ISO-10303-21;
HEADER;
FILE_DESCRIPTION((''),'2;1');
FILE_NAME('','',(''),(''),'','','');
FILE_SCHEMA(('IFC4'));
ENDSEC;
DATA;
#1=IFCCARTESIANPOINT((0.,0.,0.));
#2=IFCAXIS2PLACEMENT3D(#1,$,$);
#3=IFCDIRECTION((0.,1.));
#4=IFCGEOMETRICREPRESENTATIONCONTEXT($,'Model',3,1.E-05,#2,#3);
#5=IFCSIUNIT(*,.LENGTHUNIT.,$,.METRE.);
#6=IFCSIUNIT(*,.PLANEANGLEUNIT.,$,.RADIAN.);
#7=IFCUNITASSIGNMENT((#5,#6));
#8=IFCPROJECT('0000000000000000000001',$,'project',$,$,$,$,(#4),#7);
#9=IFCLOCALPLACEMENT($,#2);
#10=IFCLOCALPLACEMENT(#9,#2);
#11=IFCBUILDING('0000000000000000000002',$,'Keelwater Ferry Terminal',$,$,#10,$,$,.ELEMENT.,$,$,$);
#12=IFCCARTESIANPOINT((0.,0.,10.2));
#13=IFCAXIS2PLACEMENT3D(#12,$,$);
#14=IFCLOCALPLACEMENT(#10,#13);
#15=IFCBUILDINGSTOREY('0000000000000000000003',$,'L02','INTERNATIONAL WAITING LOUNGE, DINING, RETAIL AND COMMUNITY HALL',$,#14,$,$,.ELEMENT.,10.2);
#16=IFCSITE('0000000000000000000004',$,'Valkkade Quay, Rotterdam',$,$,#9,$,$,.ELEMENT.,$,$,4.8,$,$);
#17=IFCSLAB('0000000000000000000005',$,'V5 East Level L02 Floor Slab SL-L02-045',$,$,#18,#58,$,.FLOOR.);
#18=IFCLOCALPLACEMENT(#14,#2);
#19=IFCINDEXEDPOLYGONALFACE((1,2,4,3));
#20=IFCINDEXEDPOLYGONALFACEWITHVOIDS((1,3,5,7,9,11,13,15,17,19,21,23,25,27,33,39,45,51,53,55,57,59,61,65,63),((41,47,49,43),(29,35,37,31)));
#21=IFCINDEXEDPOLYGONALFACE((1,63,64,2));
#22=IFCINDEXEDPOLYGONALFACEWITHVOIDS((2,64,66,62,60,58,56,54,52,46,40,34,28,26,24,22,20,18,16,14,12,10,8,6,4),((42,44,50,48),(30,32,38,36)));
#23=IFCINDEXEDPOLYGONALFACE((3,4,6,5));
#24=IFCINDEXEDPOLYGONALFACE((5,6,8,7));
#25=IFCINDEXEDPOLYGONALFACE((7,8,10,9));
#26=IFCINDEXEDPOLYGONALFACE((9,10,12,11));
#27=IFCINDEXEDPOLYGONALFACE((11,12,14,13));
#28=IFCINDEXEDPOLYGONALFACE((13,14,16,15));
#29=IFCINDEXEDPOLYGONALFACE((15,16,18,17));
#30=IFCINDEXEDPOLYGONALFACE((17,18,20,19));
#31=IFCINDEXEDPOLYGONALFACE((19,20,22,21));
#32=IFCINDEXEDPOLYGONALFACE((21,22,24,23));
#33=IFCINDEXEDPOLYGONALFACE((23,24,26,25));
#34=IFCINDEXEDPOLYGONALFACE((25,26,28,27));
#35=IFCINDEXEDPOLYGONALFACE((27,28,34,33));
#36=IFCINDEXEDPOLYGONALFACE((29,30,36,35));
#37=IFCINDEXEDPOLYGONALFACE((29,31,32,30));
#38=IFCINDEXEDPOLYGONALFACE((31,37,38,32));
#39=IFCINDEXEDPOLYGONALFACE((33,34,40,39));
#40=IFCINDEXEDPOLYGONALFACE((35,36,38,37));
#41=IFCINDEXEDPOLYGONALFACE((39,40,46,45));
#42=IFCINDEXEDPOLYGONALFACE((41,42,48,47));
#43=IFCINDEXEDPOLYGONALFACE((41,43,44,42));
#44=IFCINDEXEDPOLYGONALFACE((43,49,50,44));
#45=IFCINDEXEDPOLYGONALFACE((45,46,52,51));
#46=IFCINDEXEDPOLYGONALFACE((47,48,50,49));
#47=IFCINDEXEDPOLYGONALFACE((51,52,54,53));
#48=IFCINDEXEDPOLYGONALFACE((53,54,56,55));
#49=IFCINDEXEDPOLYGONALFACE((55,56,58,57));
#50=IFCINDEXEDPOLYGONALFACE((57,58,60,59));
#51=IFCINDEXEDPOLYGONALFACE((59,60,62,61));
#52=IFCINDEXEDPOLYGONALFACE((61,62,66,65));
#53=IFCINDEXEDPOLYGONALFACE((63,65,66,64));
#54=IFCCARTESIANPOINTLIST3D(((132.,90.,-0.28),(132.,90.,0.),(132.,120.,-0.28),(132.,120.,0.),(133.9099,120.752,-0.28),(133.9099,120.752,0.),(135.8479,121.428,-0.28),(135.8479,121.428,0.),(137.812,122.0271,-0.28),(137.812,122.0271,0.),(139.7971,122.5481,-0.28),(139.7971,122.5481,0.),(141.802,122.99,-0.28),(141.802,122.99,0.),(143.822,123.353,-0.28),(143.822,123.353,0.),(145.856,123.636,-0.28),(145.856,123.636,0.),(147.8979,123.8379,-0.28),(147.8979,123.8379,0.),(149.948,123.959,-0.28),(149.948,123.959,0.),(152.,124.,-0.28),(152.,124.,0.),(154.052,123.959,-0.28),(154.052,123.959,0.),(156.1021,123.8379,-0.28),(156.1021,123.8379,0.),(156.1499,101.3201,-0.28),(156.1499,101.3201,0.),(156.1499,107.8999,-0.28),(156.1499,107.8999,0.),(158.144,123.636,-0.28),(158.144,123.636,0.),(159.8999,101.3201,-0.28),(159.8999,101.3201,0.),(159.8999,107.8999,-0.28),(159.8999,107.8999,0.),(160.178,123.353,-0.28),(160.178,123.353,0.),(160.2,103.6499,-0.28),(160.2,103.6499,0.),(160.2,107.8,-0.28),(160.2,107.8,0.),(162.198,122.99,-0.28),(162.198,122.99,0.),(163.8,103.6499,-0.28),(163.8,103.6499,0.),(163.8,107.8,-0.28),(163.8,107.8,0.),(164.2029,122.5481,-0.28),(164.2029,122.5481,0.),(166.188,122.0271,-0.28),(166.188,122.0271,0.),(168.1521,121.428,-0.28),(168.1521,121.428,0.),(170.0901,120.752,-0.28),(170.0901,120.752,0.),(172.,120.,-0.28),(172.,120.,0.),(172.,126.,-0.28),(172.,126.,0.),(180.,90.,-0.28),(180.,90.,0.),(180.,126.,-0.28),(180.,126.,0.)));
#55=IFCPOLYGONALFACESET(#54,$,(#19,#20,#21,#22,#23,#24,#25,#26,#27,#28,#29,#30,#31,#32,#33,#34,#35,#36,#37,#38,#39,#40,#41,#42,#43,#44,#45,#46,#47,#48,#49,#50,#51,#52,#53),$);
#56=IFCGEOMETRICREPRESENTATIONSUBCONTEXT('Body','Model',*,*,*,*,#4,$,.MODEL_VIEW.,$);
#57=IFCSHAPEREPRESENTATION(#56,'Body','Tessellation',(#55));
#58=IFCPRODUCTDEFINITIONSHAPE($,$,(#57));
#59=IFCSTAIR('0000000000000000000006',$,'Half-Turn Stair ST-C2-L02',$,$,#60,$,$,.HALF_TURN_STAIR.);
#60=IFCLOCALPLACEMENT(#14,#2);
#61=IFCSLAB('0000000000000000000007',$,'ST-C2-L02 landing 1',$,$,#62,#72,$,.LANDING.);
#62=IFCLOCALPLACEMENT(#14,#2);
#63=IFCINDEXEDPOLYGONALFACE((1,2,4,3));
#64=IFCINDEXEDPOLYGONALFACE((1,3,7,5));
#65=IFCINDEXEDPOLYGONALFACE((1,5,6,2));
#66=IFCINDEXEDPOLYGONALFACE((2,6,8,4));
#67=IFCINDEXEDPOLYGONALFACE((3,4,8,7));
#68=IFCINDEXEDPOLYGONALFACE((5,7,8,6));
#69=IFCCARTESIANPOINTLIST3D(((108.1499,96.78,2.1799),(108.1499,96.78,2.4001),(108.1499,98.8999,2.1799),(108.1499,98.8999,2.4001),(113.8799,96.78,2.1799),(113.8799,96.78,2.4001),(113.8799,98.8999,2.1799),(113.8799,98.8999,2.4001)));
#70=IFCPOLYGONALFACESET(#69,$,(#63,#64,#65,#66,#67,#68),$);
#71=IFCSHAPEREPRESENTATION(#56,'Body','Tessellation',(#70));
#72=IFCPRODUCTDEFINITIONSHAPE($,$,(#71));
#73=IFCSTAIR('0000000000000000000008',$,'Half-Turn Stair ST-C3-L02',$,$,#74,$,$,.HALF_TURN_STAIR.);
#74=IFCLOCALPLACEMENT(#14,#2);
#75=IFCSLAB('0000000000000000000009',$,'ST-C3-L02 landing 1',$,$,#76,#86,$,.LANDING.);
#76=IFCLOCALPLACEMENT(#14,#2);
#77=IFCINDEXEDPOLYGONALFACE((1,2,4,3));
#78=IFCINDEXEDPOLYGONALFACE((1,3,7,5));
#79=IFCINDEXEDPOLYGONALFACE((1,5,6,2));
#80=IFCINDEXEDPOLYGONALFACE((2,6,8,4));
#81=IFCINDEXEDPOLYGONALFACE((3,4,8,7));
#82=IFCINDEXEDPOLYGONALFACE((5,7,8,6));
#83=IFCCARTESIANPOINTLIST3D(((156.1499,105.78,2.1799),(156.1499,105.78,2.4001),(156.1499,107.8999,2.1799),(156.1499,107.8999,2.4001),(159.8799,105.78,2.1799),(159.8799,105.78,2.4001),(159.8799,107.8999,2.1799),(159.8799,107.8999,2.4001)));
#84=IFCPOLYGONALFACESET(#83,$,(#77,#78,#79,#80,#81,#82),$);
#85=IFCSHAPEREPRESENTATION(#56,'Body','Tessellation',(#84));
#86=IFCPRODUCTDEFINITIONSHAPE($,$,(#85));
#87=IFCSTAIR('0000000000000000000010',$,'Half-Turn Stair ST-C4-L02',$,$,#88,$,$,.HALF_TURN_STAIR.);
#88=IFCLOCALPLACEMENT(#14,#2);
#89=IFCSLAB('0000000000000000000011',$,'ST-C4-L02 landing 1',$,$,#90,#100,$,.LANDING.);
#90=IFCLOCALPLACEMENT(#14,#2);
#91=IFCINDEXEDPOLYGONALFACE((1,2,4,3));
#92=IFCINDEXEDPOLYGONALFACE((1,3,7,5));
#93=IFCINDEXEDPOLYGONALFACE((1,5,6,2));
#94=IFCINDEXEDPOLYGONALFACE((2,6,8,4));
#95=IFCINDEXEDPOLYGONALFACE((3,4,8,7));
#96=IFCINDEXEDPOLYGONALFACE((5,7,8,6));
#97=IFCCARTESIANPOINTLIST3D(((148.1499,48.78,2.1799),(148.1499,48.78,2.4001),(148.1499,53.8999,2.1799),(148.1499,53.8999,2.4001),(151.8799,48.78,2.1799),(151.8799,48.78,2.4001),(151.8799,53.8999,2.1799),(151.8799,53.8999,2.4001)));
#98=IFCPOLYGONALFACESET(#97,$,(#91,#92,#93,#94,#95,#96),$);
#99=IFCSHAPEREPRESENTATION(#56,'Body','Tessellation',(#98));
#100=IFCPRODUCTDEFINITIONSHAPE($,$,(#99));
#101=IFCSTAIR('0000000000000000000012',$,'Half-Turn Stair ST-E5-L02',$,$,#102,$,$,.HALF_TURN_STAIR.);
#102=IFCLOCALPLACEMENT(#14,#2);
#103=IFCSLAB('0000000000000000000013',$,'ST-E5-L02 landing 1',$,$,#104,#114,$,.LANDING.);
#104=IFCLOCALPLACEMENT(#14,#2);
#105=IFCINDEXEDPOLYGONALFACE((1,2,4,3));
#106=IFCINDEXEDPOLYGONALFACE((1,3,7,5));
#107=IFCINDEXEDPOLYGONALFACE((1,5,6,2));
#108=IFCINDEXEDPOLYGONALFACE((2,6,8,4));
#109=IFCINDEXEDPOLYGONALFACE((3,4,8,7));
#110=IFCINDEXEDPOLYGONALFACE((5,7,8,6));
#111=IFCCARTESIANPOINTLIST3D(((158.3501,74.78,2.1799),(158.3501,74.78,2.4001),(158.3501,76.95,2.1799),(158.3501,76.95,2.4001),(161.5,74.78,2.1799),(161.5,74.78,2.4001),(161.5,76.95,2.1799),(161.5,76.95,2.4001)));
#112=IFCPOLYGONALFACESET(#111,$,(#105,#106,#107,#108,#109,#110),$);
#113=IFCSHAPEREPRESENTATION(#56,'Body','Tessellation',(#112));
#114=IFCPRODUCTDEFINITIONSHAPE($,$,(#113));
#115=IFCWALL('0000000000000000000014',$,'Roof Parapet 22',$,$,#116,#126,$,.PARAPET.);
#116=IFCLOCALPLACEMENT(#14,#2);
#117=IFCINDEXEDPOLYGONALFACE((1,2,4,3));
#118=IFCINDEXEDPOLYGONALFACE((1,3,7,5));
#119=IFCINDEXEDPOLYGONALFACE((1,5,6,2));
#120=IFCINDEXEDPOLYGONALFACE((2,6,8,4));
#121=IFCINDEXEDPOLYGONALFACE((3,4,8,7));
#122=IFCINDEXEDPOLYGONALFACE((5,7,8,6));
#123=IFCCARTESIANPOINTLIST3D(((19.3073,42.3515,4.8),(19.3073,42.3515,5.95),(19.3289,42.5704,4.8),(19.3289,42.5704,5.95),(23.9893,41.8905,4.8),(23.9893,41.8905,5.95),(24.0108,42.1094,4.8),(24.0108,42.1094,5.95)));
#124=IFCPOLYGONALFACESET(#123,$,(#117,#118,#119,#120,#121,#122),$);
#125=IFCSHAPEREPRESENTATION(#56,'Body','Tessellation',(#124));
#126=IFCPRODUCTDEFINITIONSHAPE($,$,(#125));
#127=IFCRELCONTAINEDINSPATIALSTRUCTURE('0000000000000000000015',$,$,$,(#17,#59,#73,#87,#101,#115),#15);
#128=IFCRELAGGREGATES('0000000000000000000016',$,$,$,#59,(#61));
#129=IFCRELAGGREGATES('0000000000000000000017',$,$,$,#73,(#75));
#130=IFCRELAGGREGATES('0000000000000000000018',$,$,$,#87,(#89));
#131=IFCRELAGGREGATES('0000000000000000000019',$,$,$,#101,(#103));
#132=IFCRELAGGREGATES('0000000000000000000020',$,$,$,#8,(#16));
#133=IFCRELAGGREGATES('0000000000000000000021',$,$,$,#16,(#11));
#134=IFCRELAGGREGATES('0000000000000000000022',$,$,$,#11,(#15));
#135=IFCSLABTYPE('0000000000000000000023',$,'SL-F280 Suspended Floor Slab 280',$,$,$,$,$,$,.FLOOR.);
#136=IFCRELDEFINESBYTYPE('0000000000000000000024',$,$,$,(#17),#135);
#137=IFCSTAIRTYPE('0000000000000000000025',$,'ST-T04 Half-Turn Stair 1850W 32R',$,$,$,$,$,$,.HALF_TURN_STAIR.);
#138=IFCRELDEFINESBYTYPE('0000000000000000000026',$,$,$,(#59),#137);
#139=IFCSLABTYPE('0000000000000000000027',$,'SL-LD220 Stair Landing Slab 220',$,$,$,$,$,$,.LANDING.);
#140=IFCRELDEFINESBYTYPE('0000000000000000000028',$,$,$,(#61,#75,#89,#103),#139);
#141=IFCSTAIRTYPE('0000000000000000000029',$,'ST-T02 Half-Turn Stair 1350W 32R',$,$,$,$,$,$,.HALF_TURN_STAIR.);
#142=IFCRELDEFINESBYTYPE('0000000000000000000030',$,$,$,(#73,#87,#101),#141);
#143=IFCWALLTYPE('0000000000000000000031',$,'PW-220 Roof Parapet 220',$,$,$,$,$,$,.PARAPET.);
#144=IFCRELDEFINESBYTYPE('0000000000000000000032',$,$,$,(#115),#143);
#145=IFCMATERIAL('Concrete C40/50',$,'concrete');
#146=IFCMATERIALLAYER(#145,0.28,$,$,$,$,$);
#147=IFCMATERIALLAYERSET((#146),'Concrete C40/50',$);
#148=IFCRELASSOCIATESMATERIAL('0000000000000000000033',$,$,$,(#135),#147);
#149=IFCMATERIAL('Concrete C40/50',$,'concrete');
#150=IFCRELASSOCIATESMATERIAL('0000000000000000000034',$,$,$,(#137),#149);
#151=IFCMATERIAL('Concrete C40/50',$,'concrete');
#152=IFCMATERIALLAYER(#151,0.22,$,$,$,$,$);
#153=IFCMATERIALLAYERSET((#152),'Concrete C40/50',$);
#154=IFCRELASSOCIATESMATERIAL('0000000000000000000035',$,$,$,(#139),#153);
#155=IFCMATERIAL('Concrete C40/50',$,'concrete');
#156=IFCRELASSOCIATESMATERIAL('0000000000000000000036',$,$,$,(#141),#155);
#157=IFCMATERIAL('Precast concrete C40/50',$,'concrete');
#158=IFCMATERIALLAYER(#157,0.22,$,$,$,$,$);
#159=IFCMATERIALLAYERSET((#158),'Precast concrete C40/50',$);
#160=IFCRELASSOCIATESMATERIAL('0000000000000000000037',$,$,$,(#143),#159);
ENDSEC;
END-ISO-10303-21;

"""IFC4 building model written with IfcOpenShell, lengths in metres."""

from ifc_helpers import new_model, si_unit, direction, frame, frame_2d, origin, place, context, subcontext, project, spatial, polyline, rectangle, outline, extrude, material, layer, layer_set, type_object, element, aggregate, save


model = new_model("IFC4")

# Units and contexts
model_context = context("Model", 3, precision=1e-05, world=origin(), true_north=direction((0.0, 1.0)))
body_context = subcontext(model_context, "Body", "Model", "MODEL_VIEW")
ifc_project = project(units=[si_unit("LENGTHUNIT", "METRE"), si_unit("PLANEANGLEUNIT", "RADIAN")], contexts=[model_context])

# Site, building, storey
site_placement = place(None, origin())
site = spatial("IfcSite", under=ifc_project, at=site_placement, Name="Valkkade Quay, Rotterdam", CompositionType="ELEMENT", RefElevation=4.8)
building_placement = place(site_placement, origin())
building = spatial("IfcBuilding", under=site, at=building_placement, Name="Keelwater Ferry Terminal", CompositionType="ELEMENT")
storey_placement = place(building_placement, frame((0.0, 0.0, 10.2)))
storey = spatial("IfcBuildingStorey", under=building, at=storey_placement, Name="L02", Description="INTERNATIONAL WAITING LOUNGE, DINING, RETAIL AND COMMUNITY HALL", CompositionType="ELEMENT", Elevation=10.2)

# Slab
ifc_material_1 = material(Name="Concrete C40/50", Category="concrete")
ifc_layer_1 = layer(ifc_material_1, 0.28)
ifc_layer_set_1 = layer_set([ifc_layer_1], Name="Concrete C40/50")
slab_type_1 = type_object("IfcSlabType", Name="SL-F280 Suspended Floor Slab 280", PredefinedType="FLOOR", material=ifc_layer_set_1)
slab_1_placement = place(storey_placement, frame((0.0, 0.0, -0.28)))
element("IfcSlab", 1, at=slab_1_placement, inside=storey, type_object=slab_type_1, Name="V5 East Level L02 Floor Slab SL-L02-045", PredefinedType="FLOOR", context=body_context, shape_type="SweptSolid", body=[
    extrude(outline(polyline([(132.0, 90.0), (180.0, 90.0), (180.0, 126.0), (172.0, 126.0), (172.0, 120.0), (170.0901, 120.752), (168.1521, 121.428), (166.188, 122.0271), (164.2029, 122.5481), (162.198, 122.99), (160.178, 123.353), (158.144, 123.636), (156.1021, 123.8379), (154.052, 123.959), (152.0, 124.0), (149.948, 123.959), (147.8979, 123.8379), (145.856, 123.636), (143.822, 123.353), (141.802, 122.99), (139.7971, 122.5481), (137.812, 122.0271), (135.8479, 121.428), (133.9099, 120.752), (132.0, 120.0), (132.0, 90.0)]), holes=[polyline([(156.1499, 101.3201), (159.8999, 101.3201), (159.8999, 107.8999), (156.1499, 107.8999), (156.1499, 101.3201)]), polyline([(160.2, 103.6499), (163.8, 103.6499), (163.8, 107.8), (160.2, 107.8), (160.2, 103.6499)])]), origin(), (0.0, 0.0, 1.0), 0.28),
])

# Stairs, slabs
ifc_material_2 = material(Name="Concrete C40/50", Category="concrete")
stair_type_1 = type_object("IfcStairType", Name="ST-T04 Half-Turn Stair 1850W 32R", PredefinedType="HALF_TURN_STAIR", material=ifc_material_2)
stair_1_placement = place(storey_placement, origin())
stair_1 = element("IfcStair", 2, at=stair_1_placement, inside=storey, type_object=stair_type_1, Name="Half-Turn Stair ST-C2-L02", PredefinedType="HALF_TURN_STAIR")
ifc_material_3 = material(Name="Concrete C40/50", Category="concrete")
ifc_layer_2 = layer(ifc_material_3, 0.22)
ifc_layer_set_2 = layer_set([ifc_layer_2], Name="Concrete C40/50")
slab_type_2 = type_object("IfcSlabType", Name="SL-LD220 Stair Landing Slab 220", PredefinedType="LANDING", material=ifc_layer_set_2)
slab_2_placement = place(storey_placement, frame((0.0, 0.0, 2.1799)))
slab_2 = element("IfcSlab", 3, at=slab_2_placement, type_object=slab_type_2, Name="ST-C2-L02 landing 1", PredefinedType="LANDING", context=body_context, shape_type="SweptSolid", body=[
    extrude(outline(polyline([(108.1499, 96.78), (113.8799, 96.78), (113.8799, 98.8999), (108.1499, 98.8999), (108.1499, 96.78)])), origin(), (0.0, 0.0, 1.0), 0.2202),
])
aggregate(stair_1, [slab_2])
ifc_material_4 = material(Name="Concrete C40/50", Category="concrete")
stair_type_2 = type_object("IfcStairType", Name="ST-T02 Half-Turn Stair 1350W 32R", PredefinedType="HALF_TURN_STAIR", material=ifc_material_4)
stair_2_placement = place(storey_placement, origin())
stair_2 = element("IfcStair", 4, at=stair_2_placement, inside=storey, type_object=stair_type_2, Name="Half-Turn Stair ST-C3-L02", PredefinedType="HALF_TURN_STAIR")
slab_3_placement = place(storey_placement, frame((0.0, 0.0, 2.1799)))
slab_3 = element("IfcSlab", 5, at=slab_3_placement, type_object=slab_type_2, Name="ST-C3-L02 landing 1", PredefinedType="LANDING", context=body_context, shape_type="SweptSolid", body=[
    extrude(outline(polyline([(156.1499, 105.78), (159.8799, 105.78), (159.8799, 107.8999), (156.1499, 107.8999), (156.1499, 105.78)])), origin(), (0.0, 0.0, 1.0), 0.2202),
])
aggregate(stair_2, [slab_3])
stair_3_placement = place(storey_placement, origin())
stair_3 = element("IfcStair", 6, at=stair_3_placement, inside=storey, type_object=stair_type_2, Name="Half-Turn Stair ST-C4-L02", PredefinedType="HALF_TURN_STAIR")
slab_4_placement = place(storey_placement, frame((0.0, 0.0, 2.1799)))
slab_4 = element("IfcSlab", 7, at=slab_4_placement, type_object=slab_type_2, Name="ST-C4-L02 landing 1", PredefinedType="LANDING", context=body_context, shape_type="SweptSolid", body=[
    extrude(outline(polyline([(148.1499, 48.78), (151.8799, 48.78), (151.8799, 53.8999), (148.1499, 53.8999), (148.1499, 48.78)])), origin(), (0.0, 0.0, 1.0), 0.2202),
])
aggregate(stair_3, [slab_4])
stair_4_placement = place(storey_placement, origin())
stair_4 = element("IfcStair", 8, at=stair_4_placement, inside=storey, type_object=stair_type_2, Name="Half-Turn Stair ST-E5-L02", PredefinedType="HALF_TURN_STAIR")
slab_5_placement = place(storey_placement, frame((0.0, 0.0, 2.1799)))
slab_5 = element("IfcSlab", 9, at=slab_5_placement, type_object=slab_type_2, Name="ST-E5-L02 landing 1", PredefinedType="LANDING", context=body_context, shape_type="SweptSolid", body=[
    extrude(outline(polyline([(158.3501, 74.78), (161.5, 74.78), (161.5, 76.95), (158.3501, 76.95), (158.3501, 74.78)])), origin(), (0.0, 0.0, 1.0), 0.2202),
])
aggregate(stair_4, [slab_5])

# Wall
ifc_material_5 = material(Name="Precast concrete C40/50", Category="concrete")
ifc_layer_3 = layer(ifc_material_5, 0.22)
ifc_layer_set_3 = layer_set([ifc_layer_3], Name="Precast concrete C40/50")
wall_type = type_object("IfcWallType", Name="PW-220 Roof Parapet 220", PredefinedType="PARAPET", material=ifc_layer_set_3)
wall_placement = place(storey_placement, frame((19.3181, 42.4609, 4.8), z_axis=(0.0, 0.0, 1.0), x_axis=(0.995189, -0.097978, 0.0)))
element("IfcWall", 10, at=wall_placement, inside=storey, type_object=wall_type, Name="Roof Parapet 22", PredefinedType="PARAPET", context=body_context, shape_type="SweptSolid", body=[
    extrude(rectangle(XDim=4.7046, YDim=0.22, at=frame_2d((2.3523, 0.0))), origin(), (0.0, 0.0, 1.0), 1.1499),
])

save(model, "model.ifc")
